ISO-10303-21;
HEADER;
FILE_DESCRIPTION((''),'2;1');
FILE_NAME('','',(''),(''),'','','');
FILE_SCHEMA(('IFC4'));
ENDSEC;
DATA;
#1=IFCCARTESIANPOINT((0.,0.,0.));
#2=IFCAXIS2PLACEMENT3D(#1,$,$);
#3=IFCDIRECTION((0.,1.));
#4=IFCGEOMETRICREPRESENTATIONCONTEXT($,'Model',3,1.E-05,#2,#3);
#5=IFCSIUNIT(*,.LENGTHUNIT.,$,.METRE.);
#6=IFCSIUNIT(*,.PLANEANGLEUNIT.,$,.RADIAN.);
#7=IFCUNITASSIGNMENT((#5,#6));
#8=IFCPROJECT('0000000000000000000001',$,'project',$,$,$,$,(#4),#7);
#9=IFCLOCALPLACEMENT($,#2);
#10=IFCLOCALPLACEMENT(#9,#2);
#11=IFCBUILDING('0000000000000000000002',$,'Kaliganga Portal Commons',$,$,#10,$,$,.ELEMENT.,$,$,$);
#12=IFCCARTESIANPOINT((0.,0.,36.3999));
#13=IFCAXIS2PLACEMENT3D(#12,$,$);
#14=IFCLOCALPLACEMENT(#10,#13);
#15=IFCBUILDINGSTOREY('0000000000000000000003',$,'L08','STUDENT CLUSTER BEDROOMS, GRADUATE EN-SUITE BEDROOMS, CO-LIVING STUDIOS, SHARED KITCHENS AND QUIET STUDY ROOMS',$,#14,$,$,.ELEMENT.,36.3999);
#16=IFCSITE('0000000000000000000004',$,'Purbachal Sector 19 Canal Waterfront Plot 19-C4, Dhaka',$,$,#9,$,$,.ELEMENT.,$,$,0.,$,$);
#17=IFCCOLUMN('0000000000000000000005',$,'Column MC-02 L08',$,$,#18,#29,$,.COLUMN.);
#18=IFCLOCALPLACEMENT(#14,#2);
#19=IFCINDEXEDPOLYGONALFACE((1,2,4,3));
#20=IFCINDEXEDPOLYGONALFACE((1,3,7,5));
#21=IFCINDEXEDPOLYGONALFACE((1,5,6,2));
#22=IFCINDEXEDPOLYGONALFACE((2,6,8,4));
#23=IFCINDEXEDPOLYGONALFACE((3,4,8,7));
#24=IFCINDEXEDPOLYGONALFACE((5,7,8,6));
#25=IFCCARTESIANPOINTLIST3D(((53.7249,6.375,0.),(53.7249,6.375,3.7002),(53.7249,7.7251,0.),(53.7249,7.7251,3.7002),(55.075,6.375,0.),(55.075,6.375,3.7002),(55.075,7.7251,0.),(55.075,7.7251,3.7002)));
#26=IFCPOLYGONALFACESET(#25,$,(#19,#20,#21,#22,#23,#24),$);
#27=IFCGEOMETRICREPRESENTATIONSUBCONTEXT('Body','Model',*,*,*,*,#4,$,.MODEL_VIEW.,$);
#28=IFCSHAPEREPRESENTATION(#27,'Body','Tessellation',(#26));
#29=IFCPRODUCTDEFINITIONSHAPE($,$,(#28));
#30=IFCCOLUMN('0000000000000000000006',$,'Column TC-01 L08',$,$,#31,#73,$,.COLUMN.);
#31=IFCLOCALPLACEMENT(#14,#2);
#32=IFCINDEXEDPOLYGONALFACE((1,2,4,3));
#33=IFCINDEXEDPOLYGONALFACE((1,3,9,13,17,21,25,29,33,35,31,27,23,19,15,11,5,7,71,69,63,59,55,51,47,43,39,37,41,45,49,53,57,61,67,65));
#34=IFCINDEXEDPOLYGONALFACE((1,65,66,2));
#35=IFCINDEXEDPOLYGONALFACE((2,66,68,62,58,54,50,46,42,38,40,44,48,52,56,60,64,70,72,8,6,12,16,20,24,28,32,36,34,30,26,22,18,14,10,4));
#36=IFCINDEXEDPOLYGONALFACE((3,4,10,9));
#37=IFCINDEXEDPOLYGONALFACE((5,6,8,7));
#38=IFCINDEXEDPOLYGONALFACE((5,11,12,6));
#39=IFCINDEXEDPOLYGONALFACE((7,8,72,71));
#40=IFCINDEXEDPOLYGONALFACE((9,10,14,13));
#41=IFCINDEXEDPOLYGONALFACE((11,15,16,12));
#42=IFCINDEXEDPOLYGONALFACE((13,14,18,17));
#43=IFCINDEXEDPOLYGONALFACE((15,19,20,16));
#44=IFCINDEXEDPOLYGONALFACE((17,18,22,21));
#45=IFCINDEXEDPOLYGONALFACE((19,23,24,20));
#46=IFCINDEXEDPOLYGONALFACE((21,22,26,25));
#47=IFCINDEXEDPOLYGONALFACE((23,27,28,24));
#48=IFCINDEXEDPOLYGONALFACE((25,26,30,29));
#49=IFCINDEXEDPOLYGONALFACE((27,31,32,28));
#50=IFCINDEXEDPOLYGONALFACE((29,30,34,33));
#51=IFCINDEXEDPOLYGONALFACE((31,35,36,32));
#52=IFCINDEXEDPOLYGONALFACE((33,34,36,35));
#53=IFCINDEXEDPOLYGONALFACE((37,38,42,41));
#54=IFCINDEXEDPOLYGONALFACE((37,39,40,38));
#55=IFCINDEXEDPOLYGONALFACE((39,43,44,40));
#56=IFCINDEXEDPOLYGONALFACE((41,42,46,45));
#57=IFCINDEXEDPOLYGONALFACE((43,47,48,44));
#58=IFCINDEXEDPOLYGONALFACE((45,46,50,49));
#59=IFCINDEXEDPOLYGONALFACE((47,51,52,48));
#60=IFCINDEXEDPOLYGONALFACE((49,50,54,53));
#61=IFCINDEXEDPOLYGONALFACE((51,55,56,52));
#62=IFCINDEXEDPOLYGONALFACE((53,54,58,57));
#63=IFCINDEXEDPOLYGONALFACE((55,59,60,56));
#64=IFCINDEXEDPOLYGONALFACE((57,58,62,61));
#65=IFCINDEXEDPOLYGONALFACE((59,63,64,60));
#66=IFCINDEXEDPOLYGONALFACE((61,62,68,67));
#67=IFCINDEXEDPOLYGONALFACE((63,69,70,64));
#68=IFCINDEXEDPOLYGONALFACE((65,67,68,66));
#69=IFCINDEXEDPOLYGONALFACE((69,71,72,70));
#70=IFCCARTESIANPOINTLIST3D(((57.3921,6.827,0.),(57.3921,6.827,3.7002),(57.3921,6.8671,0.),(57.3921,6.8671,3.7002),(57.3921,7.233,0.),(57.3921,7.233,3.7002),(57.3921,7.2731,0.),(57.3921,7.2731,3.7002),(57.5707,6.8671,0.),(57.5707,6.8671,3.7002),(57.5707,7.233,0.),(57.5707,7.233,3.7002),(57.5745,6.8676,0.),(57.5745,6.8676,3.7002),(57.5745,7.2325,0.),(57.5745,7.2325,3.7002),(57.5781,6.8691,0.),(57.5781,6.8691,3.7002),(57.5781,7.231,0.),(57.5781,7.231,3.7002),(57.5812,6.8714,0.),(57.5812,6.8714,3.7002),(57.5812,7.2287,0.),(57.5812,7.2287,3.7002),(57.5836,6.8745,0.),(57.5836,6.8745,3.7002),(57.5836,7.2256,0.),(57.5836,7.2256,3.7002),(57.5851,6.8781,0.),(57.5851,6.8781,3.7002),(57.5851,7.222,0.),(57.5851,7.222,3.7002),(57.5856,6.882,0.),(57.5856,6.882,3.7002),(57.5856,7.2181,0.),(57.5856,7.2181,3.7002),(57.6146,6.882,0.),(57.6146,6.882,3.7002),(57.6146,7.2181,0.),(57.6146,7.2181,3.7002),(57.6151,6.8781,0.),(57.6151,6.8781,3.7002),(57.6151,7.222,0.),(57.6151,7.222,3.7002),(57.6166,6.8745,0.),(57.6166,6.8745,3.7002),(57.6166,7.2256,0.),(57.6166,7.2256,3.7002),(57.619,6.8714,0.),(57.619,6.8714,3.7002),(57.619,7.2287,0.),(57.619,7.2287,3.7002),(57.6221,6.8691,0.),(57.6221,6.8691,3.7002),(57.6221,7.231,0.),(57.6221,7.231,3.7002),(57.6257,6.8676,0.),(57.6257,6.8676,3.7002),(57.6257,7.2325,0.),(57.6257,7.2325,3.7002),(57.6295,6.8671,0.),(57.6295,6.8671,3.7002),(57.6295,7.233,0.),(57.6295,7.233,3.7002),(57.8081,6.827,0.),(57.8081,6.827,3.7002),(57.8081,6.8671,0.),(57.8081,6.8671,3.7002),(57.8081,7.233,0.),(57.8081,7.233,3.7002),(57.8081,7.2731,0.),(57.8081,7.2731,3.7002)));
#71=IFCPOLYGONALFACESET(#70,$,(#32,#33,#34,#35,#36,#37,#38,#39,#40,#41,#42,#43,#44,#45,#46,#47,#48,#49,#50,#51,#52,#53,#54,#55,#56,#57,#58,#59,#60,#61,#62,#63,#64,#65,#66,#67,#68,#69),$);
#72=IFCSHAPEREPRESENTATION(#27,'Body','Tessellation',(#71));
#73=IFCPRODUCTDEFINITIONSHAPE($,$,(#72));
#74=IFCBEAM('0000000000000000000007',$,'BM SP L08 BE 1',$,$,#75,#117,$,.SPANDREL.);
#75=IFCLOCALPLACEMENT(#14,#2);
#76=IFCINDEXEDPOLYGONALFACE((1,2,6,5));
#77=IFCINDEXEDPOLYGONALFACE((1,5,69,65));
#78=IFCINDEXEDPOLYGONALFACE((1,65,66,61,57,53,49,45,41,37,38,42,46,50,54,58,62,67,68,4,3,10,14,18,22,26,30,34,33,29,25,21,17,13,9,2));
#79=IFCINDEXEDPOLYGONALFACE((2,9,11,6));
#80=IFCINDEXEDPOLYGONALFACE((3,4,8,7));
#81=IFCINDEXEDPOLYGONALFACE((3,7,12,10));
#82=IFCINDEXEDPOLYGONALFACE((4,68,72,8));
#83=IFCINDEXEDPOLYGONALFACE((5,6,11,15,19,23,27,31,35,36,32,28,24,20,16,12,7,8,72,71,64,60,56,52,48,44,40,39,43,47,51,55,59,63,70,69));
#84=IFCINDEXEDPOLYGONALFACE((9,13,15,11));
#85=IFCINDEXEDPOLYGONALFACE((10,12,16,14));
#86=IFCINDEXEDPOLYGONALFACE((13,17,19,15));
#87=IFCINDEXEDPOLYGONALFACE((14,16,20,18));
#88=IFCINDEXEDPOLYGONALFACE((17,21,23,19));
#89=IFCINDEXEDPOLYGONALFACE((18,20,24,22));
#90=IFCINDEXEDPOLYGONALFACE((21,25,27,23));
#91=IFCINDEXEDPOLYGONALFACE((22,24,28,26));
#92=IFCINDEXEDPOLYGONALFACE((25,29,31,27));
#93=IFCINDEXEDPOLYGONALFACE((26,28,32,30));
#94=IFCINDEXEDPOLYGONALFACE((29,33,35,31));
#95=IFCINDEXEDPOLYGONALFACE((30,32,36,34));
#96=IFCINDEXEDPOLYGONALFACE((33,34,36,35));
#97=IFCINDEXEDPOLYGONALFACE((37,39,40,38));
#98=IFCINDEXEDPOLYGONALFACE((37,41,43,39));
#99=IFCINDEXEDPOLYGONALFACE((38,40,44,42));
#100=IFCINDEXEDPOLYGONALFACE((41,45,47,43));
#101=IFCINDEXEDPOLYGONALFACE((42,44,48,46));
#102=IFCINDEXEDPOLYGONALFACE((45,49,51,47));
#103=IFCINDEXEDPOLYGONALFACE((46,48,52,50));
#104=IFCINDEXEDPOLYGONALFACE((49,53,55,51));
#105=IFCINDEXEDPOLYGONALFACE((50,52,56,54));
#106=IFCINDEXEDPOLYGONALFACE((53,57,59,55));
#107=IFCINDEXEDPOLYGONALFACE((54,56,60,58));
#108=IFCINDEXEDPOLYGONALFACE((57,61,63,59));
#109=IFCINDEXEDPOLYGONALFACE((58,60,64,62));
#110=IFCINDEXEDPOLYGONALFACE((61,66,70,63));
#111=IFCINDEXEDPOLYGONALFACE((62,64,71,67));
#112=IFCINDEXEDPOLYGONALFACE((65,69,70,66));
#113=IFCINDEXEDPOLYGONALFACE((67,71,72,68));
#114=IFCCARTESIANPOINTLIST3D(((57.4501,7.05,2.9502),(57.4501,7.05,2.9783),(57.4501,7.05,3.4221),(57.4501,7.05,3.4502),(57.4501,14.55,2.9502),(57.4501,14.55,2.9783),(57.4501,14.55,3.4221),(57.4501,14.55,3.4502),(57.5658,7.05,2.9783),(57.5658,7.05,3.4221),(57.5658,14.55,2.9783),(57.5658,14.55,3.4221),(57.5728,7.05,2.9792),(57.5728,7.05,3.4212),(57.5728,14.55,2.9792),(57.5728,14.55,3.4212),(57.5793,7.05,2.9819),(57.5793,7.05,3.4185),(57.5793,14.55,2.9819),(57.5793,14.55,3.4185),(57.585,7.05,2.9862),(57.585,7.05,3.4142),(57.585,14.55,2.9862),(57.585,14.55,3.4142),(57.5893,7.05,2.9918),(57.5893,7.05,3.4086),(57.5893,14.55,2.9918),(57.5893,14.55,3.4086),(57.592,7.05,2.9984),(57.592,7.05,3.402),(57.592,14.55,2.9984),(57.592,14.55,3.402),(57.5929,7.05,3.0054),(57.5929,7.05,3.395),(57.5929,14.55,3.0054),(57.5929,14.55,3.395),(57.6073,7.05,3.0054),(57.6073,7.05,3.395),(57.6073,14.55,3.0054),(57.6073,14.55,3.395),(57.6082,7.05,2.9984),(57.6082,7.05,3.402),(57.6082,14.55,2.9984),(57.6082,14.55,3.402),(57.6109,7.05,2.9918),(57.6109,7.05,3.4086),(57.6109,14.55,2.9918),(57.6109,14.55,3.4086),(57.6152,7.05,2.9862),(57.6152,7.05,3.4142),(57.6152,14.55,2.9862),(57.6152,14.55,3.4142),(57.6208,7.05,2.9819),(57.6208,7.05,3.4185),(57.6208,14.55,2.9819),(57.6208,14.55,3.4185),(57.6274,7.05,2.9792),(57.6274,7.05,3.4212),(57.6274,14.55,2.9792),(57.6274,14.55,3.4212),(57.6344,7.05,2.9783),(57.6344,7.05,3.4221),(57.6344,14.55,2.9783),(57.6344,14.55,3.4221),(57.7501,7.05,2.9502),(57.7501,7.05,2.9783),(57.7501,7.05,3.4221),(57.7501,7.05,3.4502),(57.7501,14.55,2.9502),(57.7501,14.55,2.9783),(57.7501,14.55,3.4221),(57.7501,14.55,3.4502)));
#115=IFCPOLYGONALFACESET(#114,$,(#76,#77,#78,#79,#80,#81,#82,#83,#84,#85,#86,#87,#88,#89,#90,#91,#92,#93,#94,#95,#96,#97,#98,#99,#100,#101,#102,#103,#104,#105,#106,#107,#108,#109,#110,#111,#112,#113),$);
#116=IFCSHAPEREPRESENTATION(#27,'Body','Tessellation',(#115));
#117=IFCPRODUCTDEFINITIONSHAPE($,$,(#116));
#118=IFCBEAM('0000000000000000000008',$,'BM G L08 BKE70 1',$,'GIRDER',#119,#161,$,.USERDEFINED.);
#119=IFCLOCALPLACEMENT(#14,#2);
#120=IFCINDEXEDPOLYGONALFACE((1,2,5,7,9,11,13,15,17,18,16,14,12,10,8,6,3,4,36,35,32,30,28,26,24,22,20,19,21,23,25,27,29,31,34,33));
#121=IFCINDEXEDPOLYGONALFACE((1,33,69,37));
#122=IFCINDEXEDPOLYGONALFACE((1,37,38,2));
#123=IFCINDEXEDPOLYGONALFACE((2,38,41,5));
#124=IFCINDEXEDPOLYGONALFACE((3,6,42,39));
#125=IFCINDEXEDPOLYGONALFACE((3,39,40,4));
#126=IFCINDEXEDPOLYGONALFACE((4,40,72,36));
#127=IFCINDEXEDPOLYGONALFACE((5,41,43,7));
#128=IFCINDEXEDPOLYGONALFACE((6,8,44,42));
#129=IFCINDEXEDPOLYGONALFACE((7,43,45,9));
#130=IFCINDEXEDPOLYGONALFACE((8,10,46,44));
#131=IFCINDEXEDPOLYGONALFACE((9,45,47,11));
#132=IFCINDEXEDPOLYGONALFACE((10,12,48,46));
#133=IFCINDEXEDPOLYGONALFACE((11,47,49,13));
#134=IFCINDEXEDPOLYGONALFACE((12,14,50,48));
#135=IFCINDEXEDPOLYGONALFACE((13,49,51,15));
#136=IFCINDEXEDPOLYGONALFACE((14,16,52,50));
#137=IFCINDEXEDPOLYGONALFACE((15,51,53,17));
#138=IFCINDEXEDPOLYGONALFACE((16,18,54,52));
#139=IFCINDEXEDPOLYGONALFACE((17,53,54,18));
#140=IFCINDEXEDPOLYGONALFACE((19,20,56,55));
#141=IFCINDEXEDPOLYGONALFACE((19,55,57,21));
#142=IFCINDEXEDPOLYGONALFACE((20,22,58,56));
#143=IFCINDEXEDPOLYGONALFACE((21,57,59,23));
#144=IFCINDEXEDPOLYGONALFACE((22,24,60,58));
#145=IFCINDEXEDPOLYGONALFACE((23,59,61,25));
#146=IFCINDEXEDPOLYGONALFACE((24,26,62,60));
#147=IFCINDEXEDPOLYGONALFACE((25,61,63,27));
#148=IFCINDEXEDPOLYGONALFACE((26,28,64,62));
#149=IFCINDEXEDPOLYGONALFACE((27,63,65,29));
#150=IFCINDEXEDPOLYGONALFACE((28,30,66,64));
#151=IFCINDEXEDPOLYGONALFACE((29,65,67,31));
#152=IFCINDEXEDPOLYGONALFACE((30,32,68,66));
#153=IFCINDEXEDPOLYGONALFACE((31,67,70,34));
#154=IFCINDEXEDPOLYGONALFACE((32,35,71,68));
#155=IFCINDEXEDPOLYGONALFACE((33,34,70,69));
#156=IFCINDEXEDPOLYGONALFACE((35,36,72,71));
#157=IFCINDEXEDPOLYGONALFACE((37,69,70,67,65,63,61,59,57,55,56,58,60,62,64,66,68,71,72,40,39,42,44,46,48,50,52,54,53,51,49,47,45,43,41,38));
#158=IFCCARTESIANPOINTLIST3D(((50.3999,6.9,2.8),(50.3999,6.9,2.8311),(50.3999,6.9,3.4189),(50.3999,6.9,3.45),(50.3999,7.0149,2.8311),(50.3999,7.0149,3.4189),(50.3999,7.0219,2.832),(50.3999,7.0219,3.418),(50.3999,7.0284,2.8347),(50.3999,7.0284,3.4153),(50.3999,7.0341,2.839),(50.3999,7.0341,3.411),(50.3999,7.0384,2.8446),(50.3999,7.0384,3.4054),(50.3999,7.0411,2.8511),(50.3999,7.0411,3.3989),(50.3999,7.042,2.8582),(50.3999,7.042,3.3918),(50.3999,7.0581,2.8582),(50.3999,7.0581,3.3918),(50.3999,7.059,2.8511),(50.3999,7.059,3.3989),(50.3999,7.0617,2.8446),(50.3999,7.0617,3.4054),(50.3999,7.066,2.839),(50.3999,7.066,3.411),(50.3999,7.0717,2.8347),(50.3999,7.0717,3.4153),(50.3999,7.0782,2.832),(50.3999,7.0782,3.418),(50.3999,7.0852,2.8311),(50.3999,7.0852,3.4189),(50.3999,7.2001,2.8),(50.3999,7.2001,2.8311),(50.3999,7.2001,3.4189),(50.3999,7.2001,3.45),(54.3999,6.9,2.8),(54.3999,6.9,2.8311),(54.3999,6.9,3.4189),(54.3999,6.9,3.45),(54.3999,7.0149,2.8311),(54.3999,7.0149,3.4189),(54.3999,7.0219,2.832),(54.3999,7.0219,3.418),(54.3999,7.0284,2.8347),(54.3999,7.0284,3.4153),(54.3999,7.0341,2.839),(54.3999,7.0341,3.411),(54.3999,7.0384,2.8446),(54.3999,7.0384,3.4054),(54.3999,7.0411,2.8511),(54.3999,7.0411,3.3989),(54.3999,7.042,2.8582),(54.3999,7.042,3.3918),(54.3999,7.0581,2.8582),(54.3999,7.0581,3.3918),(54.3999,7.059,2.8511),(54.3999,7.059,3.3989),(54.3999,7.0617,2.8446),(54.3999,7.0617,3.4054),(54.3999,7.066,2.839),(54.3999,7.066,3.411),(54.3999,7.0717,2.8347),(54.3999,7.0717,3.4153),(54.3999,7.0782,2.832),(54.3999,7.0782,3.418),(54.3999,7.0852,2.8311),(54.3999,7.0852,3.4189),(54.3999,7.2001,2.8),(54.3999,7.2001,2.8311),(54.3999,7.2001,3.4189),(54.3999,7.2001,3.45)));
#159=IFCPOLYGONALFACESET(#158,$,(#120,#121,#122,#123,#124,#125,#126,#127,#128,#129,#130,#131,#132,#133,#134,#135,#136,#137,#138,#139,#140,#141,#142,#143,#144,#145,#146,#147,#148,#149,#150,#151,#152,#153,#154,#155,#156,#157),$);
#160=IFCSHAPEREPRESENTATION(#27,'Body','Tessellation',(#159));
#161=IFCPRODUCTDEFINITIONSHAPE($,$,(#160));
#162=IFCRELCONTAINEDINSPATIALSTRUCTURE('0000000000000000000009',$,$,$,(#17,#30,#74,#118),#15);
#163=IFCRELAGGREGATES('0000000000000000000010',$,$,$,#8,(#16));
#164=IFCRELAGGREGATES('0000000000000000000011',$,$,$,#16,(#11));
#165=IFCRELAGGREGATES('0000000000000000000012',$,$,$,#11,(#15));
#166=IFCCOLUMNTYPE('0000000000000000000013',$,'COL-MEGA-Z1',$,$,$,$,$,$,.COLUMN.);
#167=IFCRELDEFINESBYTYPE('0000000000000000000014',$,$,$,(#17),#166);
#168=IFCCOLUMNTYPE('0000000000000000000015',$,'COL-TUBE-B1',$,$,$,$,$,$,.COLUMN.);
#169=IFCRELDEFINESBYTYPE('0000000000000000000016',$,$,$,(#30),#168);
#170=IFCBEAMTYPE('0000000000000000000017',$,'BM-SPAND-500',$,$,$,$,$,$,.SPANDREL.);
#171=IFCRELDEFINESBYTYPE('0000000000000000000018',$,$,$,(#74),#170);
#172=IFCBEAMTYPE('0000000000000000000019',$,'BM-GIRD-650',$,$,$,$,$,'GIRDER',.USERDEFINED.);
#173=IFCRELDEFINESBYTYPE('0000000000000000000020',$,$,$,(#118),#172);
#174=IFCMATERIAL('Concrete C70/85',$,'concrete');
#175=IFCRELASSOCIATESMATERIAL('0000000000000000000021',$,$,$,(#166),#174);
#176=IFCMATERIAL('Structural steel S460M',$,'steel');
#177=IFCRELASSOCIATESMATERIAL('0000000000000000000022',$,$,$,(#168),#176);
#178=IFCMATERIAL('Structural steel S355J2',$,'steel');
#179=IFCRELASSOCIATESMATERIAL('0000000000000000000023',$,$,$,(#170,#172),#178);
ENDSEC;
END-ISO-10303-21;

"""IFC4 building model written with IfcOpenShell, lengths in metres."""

from ifc_helpers import new_model, si_unit, direction, frame, origin, origin_2d, place, context, subcontext, project, spatial, rectangle, i_section, extrude, source, transform, mapped, material, material_profile, profile_set, type_object, element, save


model = new_model("IFC4")

# Units and contexts
model_context = context("Model", 3, precision=1e-05, world=origin(), true_north=direction((0.0, 1.0)))
body_context = subcontext(model_context, "Body", "Model", "MODEL_VIEW")
ifc_project = project(units=[si_unit("LENGTHUNIT", "METRE"), si_unit("PLANEANGLEUNIT", "RADIAN")], contexts=[model_context])

# Site, building, storey
site_placement = place(None, origin())
site = spatial("IfcSite", under=ifc_project, at=site_placement, Name="Purbachal Sector 19 Canal Waterfront Plot 19-C4, Dhaka", CompositionType="ELEMENT", RefElevation=0.0)
building_placement = place(site_placement, origin())
building = spatial("IfcBuilding", under=site, at=building_placement, Name="Kaliganga Portal Commons", CompositionType="ELEMENT")
storey_placement = place(building_placement, frame((0.0, 0.0, 36.3999)))
storey = spatial("IfcBuildingStorey", under=building, at=storey_placement, Name="L08", Description="STUDENT CLUSTER BEDROOMS, GRADUATE EN-SUITE BEDROOMS, CO-LIVING STUDIOS, SHARED KITCHENS AND QUIET STUDY ROOMS", CompositionType="ELEMENT", Elevation=36.3999)

# Columns
ifc_material_1 = material(Name="Concrete C70/85", Category="concrete")
ifc_material_profile_1 = material_profile(ifc_material_1, rectangle(XDim=1.3501, YDim=1.3501, at=origin_2d()), Name="RC 1350x1350")
ifc_profile_set_1 = profile_set([ifc_material_profile_1], Name="Concrete C70/85")
column_type_1 = type_object("IfcColumnType", Name="COL-MEGA-Z1", PredefinedType="COLUMN", material=ifc_profile_set_1)
shared_shape_1 = source(origin(), body_context, "Body", "SweptSolid", [
    extrude(rectangle(XDim=1.3501, YDim=1.3501, at=origin_2d()), origin(), (0.0, 0.0, 1.0), 3.7002),
])
column_1_placement = place(storey_placement, frame((54.3999, 7.05, 0.0), z_axis=(0.0, 0.0, 1.0), x_axis=(1.0, 0.0, 0.0)))
element("IfcColumn", 1, at=column_1_placement, inside=storey, type_object=column_type_1, Name="Column MC-02 L08", PredefinedType="COLUMN", context=body_context, shape_type="MappedRepresentation", body=[
    mapped(shared_shape_1, transform((0.0, 0.0, 0.0), x_axis=(1.0, 0.0, 0.0), y_axis=(0.0, 1.0, 0.0), z_axis=(0.0, 0.0, 1.0), scale=1.0)),
])
ifc_material_2 = material(Name="Structural steel S460M", Category="steel")
ifc_material_profile_2 = material_profile(ifc_material_2, i_section(OverallWidth=0.416, OverallDepth=0.446, WebThickness=0.0291, FlangeThickness=0.04, FilletRadius=0.0149, at=origin_2d()), Name="HD 400x509")
ifc_profile_set_2 = profile_set([ifc_material_profile_2], Name="Structural steel S460M wide-flange")
column_type_2 = type_object("IfcColumnType", Name="COL-TUBE-B1", PredefinedType="COLUMN", material=ifc_profile_set_2)
shared_shape_2 = source(origin(), body_context, "Body", "SweptSolid", [
    extrude(i_section(OverallWidth=0.416, OverallDepth=0.446, WebThickness=0.0291, FlangeThickness=0.04, FilletRadius=0.0149, at=origin_2d()), origin(), (0.0, 0.0, 1.0), 3.7002),
])
column_2_placement = place(storey_placement, frame((57.6001, 7.05, 0.0), z_axis=(0.0, 0.0, 1.0), x_axis=(1.0, 0.0, 0.0)))
element("IfcColumn", 2, at=column_2_placement, inside=storey, type_object=column_type_2, Name="Column TC-01 L08", PredefinedType="COLUMN", context=body_context, shape_type="MappedRepresentation", body=[
    mapped(shared_shape_2, transform((0.0, 0.0, 0.0), x_axis=(1.0, 0.0, 0.0), y_axis=(0.0, 1.0, 0.0), z_axis=(0.0, 0.0, 1.0), scale=1.0)),
])

# Beams
ifc_material_3 = material(Name="Structural steel S355J2", Category="steel")
ifc_material_profile_3 = material_profile(ifc_material_3, i_section(OverallWidth=0.3, OverallDepth=0.5, WebThickness=0.0144, FlangeThickness=0.0281, FilletRadius=0.0271, at=origin_2d()), Name="HE 500 B")
ifc_profile_set_3 = profile_set([ifc_material_profile_3], Name="Structural steel S355J2 wide-flange")
beam_type_1 = type_object("IfcBeamType", Name="BM-SPAND-500", PredefinedType="SPANDREL", material=ifc_profile_set_3)
shared_shape_3 = source(origin(), body_context, "Body", "SweptSolid", [
    extrude(i_section(OverallWidth=0.3, OverallDepth=0.5, WebThickness=0.0144, FlangeThickness=0.0281, FilletRadius=0.0271, at=origin_2d()), origin(), (0.0, 0.0, 1.0), 7.5),
])
beam_1_placement = place(storey_placement, frame((57.6001, 7.05, 3.2002), z_axis=(0.0, 1.0, 0.0), x_axis=(-1.0, 0.0, 0.0)))
element("IfcBeam", 3, at=beam_1_placement, inside=storey, type_object=beam_type_1, Name="BM SP L08 BE 1", PredefinedType="SPANDREL", context=body_context, shape_type="MappedRepresentation", body=[
    mapped(shared_shape_3, transform((0.0, 0.0, 0.0), x_axis=(1.0, 0.0, 0.0), y_axis=(0.0, 1.0, 0.0), z_axis=(0.0, 0.0, 1.0), scale=1.0)),
])
ifc_material_profile_4 = material_profile(ifc_material_3, i_section(OverallWidth=0.3, OverallDepth=0.6499, WebThickness=0.0161, FlangeThickness=0.031, FilletRadius=0.0271, at=origin_2d()), Name="HE 650 B")
ifc_profile_set_4 = profile_set([ifc_material_profile_4], Name="Structural steel S355J2 wide-flange")
beam_type_2 = type_object("IfcBeamType", Name="BM-GIRD-650", ElementType="GIRDER", PredefinedType="USERDEFINED", material=ifc_profile_set_4)
shared_shape_4 = source(origin(), body_context, "Body", "SweptSolid", [
    extrude(i_section(OverallWidth=0.3, OverallDepth=0.6499, WebThickness=0.0161, FlangeThickness=0.031, FilletRadius=0.0271, at=origin_2d()), origin(), (0.0, 0.0, 1.0), 4.0),
])
beam_2_placement = place(storey_placement, frame((50.3999, 7.05, 3.125), z_axis=(1.0, 0.0, 0.0), x_axis=(0.0, 1.0, 0.0)))
element("IfcBeam", 4, at=beam_2_placement, inside=storey, type_object=beam_type_2, Name="BM G L08 BKE70 1", ObjectType="GIRDER", PredefinedType="USERDEFINED", context=body_context, shape_type="MappedRepresentation", body=[
    mapped(shared_shape_4, transform((0.0, 0.0, 0.0), x_axis=(1.0, 0.0, 0.0), y_axis=(0.0, 1.0, 0.0), z_axis=(0.0, 0.0, 1.0), scale=1.0)),
])

save(model, "model.ifc")
